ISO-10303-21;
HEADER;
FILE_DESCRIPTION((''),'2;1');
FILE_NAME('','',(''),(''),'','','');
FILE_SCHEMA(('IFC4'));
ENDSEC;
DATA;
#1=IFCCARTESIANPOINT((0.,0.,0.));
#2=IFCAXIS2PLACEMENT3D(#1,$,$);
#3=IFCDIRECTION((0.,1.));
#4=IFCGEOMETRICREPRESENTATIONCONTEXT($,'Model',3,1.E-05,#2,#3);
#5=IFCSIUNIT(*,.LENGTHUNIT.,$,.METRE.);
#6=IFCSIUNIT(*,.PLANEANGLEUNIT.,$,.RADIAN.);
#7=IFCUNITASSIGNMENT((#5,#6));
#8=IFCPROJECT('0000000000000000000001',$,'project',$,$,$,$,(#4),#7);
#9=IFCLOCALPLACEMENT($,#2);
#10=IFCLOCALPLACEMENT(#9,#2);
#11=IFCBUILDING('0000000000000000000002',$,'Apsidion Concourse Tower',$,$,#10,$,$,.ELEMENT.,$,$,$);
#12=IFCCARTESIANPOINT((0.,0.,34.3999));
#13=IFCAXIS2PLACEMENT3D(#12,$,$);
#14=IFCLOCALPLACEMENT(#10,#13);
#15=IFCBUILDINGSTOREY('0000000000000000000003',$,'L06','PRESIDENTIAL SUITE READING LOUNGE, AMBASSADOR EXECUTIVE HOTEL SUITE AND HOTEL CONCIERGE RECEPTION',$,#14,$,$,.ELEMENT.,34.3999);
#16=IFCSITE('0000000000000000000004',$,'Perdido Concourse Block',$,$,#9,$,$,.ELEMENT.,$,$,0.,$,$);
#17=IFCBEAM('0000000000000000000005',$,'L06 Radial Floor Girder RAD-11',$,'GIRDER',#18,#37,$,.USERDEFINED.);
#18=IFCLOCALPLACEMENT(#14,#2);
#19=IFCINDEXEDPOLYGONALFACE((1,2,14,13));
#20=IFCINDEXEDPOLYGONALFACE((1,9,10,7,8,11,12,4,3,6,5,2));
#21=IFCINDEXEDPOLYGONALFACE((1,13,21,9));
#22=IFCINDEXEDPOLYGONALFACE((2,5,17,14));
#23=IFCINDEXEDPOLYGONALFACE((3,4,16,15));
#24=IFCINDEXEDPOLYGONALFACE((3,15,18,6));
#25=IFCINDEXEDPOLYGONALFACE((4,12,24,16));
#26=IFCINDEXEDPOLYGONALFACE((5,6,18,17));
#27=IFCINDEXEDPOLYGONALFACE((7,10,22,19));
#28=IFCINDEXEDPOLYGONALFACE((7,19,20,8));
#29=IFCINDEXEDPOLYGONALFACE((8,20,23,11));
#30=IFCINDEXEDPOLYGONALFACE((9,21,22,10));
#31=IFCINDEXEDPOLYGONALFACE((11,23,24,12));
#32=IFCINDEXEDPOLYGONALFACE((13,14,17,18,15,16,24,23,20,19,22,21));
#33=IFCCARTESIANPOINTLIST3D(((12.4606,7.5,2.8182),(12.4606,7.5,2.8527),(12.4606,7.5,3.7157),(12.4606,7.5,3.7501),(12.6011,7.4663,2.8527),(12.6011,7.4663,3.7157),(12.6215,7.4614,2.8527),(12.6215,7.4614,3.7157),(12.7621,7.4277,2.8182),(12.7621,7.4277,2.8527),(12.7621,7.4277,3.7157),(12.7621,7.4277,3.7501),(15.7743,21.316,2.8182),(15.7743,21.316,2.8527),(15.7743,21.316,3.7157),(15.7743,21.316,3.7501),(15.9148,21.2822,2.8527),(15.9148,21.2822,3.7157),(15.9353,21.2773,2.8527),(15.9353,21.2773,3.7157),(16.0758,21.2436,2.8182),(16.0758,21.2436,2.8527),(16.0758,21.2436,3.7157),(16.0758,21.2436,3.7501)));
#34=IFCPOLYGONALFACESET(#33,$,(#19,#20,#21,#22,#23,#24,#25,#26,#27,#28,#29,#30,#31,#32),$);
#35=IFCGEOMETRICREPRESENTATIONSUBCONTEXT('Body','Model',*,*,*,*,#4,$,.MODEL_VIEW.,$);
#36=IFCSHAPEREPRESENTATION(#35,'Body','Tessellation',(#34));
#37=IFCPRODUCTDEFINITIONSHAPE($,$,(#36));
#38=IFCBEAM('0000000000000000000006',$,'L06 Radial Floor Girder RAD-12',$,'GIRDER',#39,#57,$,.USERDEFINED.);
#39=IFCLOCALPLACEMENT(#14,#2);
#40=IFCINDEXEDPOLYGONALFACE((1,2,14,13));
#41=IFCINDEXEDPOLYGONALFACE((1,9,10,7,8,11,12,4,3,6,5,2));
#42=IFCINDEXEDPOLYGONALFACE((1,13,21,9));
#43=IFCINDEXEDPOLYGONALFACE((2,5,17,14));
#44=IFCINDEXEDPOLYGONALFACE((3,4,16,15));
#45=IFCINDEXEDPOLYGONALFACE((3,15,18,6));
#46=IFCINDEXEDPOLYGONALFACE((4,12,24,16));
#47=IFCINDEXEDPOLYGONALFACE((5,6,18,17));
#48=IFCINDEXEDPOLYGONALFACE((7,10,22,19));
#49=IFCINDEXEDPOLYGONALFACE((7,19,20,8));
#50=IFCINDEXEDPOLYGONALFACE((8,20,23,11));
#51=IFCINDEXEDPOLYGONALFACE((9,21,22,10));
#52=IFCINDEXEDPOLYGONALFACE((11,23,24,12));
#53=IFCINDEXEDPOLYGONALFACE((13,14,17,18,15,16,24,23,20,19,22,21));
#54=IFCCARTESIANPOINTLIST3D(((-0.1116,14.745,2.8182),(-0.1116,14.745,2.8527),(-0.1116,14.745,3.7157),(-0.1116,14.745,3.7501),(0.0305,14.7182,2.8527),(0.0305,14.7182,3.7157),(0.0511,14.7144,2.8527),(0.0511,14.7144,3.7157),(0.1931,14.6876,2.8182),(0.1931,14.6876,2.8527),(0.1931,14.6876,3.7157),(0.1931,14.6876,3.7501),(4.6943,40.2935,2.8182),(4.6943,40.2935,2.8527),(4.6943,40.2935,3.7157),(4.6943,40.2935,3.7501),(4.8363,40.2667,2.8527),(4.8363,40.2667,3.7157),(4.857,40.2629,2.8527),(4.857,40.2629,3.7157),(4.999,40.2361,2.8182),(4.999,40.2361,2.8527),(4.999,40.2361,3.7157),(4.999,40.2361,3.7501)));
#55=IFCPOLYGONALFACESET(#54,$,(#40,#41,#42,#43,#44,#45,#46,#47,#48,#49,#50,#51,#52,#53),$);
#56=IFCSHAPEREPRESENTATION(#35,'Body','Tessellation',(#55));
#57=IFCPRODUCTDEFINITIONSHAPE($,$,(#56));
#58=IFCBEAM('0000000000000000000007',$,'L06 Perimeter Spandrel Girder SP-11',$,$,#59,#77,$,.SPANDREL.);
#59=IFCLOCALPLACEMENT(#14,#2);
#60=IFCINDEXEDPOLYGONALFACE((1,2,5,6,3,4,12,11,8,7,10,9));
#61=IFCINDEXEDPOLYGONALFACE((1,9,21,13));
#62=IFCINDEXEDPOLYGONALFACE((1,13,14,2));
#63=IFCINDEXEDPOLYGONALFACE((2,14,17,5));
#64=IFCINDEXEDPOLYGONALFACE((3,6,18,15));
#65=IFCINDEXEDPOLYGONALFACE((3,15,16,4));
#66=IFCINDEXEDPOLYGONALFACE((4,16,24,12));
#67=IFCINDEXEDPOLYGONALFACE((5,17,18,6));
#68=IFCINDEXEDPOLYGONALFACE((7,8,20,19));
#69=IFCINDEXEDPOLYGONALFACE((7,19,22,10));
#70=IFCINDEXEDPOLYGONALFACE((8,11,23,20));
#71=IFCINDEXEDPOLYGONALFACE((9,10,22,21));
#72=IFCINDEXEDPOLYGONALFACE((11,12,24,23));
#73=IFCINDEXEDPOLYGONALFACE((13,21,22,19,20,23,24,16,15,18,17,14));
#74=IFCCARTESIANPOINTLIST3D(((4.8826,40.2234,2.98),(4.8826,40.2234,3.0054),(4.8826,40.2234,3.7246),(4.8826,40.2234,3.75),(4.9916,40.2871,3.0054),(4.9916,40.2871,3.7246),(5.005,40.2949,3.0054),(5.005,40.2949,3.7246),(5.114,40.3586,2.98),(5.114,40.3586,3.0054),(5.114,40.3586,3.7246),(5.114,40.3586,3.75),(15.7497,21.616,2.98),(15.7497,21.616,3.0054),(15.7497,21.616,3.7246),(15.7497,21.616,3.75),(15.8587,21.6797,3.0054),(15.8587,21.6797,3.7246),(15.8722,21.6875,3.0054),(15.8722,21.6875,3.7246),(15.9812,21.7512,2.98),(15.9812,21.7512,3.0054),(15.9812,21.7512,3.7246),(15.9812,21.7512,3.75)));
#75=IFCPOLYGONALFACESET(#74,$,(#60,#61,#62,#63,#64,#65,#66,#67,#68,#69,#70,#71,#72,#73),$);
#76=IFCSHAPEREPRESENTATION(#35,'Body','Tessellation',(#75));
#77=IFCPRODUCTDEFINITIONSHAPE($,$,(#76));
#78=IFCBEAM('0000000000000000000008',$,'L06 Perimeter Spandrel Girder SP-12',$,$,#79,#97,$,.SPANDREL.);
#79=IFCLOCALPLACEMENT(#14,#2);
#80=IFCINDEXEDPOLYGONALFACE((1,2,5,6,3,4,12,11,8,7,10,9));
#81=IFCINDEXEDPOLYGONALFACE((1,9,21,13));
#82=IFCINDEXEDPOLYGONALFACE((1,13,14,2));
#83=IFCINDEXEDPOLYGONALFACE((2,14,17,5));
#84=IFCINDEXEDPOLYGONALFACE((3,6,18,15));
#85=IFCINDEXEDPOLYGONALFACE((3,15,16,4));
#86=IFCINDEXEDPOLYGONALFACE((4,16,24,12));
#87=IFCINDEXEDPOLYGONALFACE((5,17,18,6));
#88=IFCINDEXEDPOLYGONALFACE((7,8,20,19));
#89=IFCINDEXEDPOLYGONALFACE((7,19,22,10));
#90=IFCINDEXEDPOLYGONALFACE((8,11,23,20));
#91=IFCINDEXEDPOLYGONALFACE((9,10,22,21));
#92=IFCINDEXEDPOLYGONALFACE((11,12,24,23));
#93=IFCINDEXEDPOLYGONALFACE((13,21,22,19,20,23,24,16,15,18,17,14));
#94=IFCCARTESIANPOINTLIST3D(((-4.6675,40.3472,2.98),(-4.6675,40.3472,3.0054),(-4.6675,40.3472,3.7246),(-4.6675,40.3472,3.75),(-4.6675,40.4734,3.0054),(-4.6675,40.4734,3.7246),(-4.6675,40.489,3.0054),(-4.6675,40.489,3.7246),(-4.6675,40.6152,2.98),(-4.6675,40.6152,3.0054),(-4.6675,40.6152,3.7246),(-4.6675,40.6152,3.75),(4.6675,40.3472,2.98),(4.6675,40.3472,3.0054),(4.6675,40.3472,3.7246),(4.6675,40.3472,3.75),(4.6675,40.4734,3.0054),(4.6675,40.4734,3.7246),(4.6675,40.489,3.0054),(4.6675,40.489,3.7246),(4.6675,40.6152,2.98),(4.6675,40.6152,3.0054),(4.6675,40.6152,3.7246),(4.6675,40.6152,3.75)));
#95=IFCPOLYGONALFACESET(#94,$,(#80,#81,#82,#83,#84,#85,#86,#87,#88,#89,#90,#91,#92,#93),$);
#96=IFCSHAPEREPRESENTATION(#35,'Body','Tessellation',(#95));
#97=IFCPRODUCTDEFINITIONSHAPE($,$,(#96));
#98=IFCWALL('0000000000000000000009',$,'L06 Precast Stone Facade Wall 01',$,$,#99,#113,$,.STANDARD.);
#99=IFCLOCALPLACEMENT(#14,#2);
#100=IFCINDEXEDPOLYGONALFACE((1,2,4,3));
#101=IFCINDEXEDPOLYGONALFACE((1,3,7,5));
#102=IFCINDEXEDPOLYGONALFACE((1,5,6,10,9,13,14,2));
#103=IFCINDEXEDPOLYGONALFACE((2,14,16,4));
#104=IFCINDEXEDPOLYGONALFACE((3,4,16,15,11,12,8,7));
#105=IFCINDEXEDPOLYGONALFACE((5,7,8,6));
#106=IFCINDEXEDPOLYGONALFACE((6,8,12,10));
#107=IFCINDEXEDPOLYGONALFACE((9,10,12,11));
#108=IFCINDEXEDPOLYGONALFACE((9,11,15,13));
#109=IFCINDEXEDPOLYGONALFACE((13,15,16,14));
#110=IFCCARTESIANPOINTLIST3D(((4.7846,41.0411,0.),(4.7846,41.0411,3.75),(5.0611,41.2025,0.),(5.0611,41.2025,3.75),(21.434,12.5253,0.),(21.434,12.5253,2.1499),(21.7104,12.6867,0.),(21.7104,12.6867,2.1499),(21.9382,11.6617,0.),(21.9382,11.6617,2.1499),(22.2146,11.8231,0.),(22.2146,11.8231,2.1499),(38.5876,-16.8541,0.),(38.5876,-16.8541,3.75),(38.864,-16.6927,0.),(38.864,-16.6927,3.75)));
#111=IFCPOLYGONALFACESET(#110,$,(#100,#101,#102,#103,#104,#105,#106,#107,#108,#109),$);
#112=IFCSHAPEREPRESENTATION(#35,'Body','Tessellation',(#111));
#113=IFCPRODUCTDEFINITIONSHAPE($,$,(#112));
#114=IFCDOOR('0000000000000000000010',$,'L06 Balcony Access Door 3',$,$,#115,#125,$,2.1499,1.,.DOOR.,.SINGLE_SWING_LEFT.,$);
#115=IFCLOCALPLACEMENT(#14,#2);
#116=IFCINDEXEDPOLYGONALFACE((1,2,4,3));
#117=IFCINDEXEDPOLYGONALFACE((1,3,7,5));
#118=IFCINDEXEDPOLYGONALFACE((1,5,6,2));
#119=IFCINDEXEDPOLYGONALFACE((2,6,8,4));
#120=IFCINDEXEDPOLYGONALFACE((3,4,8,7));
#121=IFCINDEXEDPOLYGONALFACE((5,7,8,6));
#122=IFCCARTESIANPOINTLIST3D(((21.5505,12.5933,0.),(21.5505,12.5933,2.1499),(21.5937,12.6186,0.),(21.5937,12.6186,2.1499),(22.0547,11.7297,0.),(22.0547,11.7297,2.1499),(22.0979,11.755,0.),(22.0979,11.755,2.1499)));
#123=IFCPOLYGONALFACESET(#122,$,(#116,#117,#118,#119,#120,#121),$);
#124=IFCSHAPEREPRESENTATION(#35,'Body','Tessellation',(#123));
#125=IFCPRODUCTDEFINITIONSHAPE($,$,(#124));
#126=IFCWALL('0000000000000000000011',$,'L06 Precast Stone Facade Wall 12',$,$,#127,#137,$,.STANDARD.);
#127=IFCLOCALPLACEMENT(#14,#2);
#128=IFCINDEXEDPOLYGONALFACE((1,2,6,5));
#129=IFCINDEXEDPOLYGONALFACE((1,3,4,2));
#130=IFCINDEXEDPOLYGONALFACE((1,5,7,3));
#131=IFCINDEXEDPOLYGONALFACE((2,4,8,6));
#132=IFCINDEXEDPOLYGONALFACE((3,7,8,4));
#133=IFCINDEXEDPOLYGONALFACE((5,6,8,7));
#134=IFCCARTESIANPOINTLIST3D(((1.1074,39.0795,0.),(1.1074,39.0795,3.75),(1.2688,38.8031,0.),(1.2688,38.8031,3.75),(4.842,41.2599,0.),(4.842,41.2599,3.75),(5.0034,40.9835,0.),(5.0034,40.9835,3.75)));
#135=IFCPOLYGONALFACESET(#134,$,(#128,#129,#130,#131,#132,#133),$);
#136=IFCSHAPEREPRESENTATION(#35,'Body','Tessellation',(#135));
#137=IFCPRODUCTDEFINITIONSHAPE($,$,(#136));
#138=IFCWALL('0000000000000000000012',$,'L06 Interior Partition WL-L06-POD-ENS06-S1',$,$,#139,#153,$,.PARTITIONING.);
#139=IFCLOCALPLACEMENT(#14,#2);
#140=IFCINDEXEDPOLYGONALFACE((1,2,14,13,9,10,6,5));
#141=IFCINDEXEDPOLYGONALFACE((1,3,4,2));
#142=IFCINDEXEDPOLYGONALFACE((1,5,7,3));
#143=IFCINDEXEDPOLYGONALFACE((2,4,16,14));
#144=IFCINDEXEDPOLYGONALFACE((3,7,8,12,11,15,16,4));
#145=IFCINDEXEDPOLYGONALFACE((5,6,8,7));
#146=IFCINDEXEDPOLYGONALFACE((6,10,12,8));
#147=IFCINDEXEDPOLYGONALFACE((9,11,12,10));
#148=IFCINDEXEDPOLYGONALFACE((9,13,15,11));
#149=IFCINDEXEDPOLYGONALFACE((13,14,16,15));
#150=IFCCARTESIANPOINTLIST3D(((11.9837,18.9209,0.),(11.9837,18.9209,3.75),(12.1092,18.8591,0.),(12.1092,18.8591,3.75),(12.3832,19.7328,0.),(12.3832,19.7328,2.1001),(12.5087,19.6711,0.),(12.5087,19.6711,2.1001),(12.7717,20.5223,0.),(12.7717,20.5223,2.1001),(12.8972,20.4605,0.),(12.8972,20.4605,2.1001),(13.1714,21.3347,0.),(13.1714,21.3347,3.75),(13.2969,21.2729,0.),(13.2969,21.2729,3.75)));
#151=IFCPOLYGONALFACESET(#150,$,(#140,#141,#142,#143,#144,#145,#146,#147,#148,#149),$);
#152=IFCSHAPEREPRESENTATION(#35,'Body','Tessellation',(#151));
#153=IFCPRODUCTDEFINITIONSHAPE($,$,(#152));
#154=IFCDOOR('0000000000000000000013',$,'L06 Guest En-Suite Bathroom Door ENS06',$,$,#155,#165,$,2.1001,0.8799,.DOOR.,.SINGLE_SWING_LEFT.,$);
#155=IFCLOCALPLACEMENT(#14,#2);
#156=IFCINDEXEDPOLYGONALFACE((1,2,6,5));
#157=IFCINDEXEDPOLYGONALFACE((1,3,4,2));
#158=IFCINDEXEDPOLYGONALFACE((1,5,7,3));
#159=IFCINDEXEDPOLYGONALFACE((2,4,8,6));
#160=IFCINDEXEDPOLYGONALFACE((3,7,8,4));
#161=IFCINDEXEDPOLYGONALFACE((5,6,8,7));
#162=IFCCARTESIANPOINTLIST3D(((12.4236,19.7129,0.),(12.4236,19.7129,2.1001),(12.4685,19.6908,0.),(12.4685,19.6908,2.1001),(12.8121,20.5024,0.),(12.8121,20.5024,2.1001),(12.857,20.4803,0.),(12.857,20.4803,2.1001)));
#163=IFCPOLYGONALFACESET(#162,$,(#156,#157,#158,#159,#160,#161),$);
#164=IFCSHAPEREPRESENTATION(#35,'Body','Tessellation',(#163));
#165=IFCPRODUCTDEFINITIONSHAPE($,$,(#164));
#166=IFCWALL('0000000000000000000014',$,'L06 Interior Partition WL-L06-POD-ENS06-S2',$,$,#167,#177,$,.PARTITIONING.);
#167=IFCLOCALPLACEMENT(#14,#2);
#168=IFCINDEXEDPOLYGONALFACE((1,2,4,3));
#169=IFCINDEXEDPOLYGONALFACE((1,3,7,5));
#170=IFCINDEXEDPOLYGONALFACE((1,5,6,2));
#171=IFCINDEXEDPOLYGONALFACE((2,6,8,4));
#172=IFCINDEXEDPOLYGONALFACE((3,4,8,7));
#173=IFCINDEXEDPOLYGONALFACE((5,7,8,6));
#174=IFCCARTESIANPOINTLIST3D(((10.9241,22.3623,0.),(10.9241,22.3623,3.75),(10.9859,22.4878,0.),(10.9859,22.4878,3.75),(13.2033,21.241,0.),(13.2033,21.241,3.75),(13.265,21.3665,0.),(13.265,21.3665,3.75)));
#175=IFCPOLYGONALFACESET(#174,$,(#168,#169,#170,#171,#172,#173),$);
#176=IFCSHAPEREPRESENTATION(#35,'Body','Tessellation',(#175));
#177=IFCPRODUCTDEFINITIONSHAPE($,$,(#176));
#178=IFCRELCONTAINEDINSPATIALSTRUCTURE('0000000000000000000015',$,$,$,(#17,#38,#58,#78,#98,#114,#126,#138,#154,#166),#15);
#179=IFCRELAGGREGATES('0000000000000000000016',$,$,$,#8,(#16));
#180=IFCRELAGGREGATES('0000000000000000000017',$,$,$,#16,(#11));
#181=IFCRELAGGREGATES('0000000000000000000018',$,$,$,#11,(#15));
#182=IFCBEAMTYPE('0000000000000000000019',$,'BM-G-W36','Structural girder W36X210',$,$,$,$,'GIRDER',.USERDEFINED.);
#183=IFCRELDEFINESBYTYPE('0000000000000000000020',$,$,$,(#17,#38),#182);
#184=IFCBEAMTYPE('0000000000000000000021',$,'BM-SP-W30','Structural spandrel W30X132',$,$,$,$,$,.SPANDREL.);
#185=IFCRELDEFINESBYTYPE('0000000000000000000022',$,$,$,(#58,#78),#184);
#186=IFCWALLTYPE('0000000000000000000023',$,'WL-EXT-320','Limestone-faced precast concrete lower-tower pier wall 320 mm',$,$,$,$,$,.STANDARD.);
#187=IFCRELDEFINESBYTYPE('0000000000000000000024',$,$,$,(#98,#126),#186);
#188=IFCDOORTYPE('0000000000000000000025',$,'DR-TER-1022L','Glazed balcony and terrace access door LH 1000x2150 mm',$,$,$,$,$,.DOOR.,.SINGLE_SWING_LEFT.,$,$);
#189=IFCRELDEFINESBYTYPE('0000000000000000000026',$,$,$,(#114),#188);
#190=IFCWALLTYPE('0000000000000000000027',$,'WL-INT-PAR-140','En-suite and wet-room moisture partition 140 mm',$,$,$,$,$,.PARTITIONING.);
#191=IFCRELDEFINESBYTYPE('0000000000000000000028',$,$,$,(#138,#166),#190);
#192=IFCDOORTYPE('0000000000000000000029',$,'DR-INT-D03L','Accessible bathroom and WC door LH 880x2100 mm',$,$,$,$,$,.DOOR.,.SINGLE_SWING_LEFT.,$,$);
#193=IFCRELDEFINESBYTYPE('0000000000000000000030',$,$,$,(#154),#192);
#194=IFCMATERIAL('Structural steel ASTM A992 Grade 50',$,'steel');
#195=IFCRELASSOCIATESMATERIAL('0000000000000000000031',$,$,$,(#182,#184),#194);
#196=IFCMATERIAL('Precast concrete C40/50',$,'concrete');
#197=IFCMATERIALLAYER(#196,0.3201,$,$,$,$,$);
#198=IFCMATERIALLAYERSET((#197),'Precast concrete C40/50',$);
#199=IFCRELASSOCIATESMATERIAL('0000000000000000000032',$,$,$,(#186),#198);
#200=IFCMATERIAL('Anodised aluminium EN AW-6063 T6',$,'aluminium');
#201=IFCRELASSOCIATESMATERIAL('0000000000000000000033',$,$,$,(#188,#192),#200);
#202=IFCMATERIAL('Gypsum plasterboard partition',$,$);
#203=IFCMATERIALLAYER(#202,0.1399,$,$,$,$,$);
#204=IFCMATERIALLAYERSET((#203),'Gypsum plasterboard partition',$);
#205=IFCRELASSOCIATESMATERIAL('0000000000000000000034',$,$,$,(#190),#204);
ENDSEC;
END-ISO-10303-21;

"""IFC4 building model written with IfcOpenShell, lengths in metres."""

from ifc_helpers import new_model, si_unit, direction, frame, frame_2d, origin, origin_2d, place, context, subcontext, project, spatial, rectangle, i_section, extrude, material, layer, layer_set, material_profile, profile_set, type_object, element, fill, save


model = new_model("IFC4")

# Units and contexts
model_context = context("Model", 3, precision=1e-05, world=origin(), true_north=direction((0.0, 1.0)))
body_context = subcontext(model_context, "Body", "Model", "MODEL_VIEW")
ifc_project = project(units=[si_unit("LENGTHUNIT", "METRE"), si_unit("PLANEANGLEUNIT", "RADIAN")], contexts=[model_context])

# Site, building, storey
site_placement = place(None, origin())
site = spatial("IfcSite", under=ifc_project, at=site_placement, Name="Perdido Concourse Block", CompositionType="ELEMENT", RefElevation=0.0)
building_placement = place(site_placement, origin())
building = spatial("IfcBuilding", under=site, at=building_placement, Name="Apsidion Concourse Tower", CompositionType="ELEMENT")
storey_placement = place(building_placement, frame((0.0, 0.0, 34.3999)))
storey = spatial("IfcBuildingStorey", under=building, at=storey_placement, Name="L06", Description="PRESIDENTIAL SUITE READING LOUNGE, AMBASSADOR EXECUTIVE HOTEL SUITE AND HOTEL CONCIERGE RECEPTION", CompositionType="ELEMENT", Elevation=34.3999)

# Beams
ifc_material_1 = material(Name="Structural steel ASTM A992 Grade 50", Category="steel")
ifc_material_profile_1 = material_profile(ifc_material_1, i_section(OverallWidth=0.3101, OverallDepth=0.9319, WebThickness=0.021, FlangeThickness=0.0344, at=origin_2d()), Name="W36X210")
ifc_profile_set_1 = profile_set([ifc_material_profile_1], Name="Structural steel ASTM A992 Grade 50")
beam_type_1 = type_object("IfcBeamType", Name="BM-G-W36", Description="Structural girder W36X210", ElementType="GIRDER", PredefinedType="USERDEFINED", material=ifc_profile_set_1)
beam_1_placement = place(storey_placement, frame((12.6113, 7.4639, 3.2842), z_axis=(0.233233, 0.972421, 0.0), x_axis=(-0.972421, 0.233233, 0.0)))
element("IfcBeam", 1, at=beam_1_placement, inside=storey, type_object=beam_type_1, Name="L06 Radial Floor Girder RAD-11", ObjectType="GIRDER", PredefinedType="USERDEFINED", context=body_context, shape_type="SweptSolid", body=[
    extrude(i_section(OverallWidth=0.3101, OverallDepth=0.9319, WebThickness=0.021, FlangeThickness=0.0344, at=origin_2d()), origin(), (0.0, 0.0, 1.0), 14.2078),
])
beam_2_placement = place(storey_placement, frame((0.0408, 14.7163, 3.2842), z_axis=(0.184866, 0.982764, 0.0), x_axis=(-0.982764, 0.184866, 0.0)))
element("IfcBeam", 2, at=beam_2_placement, inside=storey, type_object=beam_type_1, Name="L06 Radial Floor Girder RAD-12", ObjectType="GIRDER", PredefinedType="USERDEFINED", context=body_context, shape_type="SweptSolid", body=[
    extrude(i_section(OverallWidth=0.3101, OverallDepth=0.9319, WebThickness=0.021, FlangeThickness=0.0344, at=origin_2d()), origin(), (0.0, 0.0, 1.0), 25.9966),
])
ifc_material_profile_2 = material_profile(ifc_material_1, i_section(OverallWidth=0.2681, OverallDepth=0.77, WebThickness=0.0156, FlangeThickness=0.0254, at=origin_2d()), Name="W30X132")
ifc_profile_set_2 = profile_set([ifc_material_profile_2], Name="Structural steel ASTM A992 Grade 50")
beam_type_2 = type_object("IfcBeamType", Name="BM-SP-W30", Description="Structural spandrel W30X132", PredefinedType="SPANDREL", material=ifc_profile_set_2)
beam_3_placement = place(storey_placement, frame((15.8655, 21.6836, 3.365), z_axis=(-0.504316, 0.863519, 0.0), x_axis=(-0.863519, -0.504316, 0.0)))
element("IfcBeam", 3, at=beam_3_placement, inside=storey, type_object=beam_type_2, Name="L06 Perimeter Spandrel Girder SP-11", PredefinedType="SPANDREL", context=body_context, shape_type="SweptSolid", body=[
    extrude(i_section(OverallWidth=0.2681, OverallDepth=0.77, WebThickness=0.0156, FlangeThickness=0.0254, at=origin_2d()), origin(), (0.0, 0.0, 1.0), 21.5483),
])
beam_4_placement = place(storey_placement, frame((4.6675, 40.4812, 3.365), z_axis=(-1.0, 0.0, 0.0), x_axis=(0.0, -1.0, 0.0)))
element("IfcBeam", 4, at=beam_4_placement, inside=storey, type_object=beam_type_2, Name="L06 Perimeter Spandrel Girder SP-12", PredefinedType="SPANDREL", context=body_context, shape_type="SweptSolid", body=[
    extrude(i_section(OverallWidth=0.2681, OverallDepth=0.77, WebThickness=0.0156, FlangeThickness=0.0254, at=origin_2d()), origin(), (0.0, 0.0, 1.0), 9.335),
])

# Wall, opening, door
ifc_material_2 = material(Name="Precast concrete C40/50", Category="concrete")
ifc_layer_1 = layer(ifc_material_2, 0.3201)
ifc_layer_set_1 = layer_set([ifc_layer_1], Name="Precast concrete C40/50")
wall_type_1 = type_object("IfcWallType", Name="WL-EXT-320", Description="Limestone-faced precast concrete lower-tower pier wall 320 mm", PredefinedType="STANDARD", material=ifc_layer_set_1)
wall_1_placement = place(storey_placement, frame((4.9229, 41.1218, 0.0), z_axis=(0.0, 0.0, 1.0), x_axis=(0.504213, -0.863579, 0.0)))
wall_1 = element("IfcWall", 5, at=wall_1_placement, inside=storey, type_object=wall_type_1, Name="L06 Precast Stone Facade Wall 01", PredefinedType="STANDARD", context=body_context, shape_type="SweptSolid", body=[
    extrude(rectangle(XDim=67.041, YDim=0.3201, at=frame_2d((33.5205, 0.0))), origin(), (0.0, 0.0, 1.0), 3.75),
])
opening_1_placement = place(wall_1_placement, frame((33.0205, 0.0, 0.0)))
opening_1 = element("IfcOpeningElement", 6, at=opening_1_placement, cuts=wall_1, PredefinedType="OPENING", context=body_context, shape_type="SweptSolid", body=[
    extrude(rectangle(XDim=1.0, YDim=2.1499, at=frame_2d((0.5, 1.075))), frame((0.0, 0.1699, 0.0), z_axis=(0.0, -1.0, 0.0), x_axis=(1.0, 0.0, 0.0)), (0.0, 0.0, 1.0), 0.3401),
])
ifc_material_3 = material(Name="Anodised aluminium EN AW-6063 T6", Category="aluminium")
door_type_1 = type_object("IfcDoorType", Name="DR-TER-1022L", Description="Glazed balcony and terrace access door LH 1000x2150 mm", OperationType="SINGLE_SWING_LEFT", PredefinedType="DOOR", material=ifc_material_3)
door_1_placement = place(opening_1_placement, origin())
door_1 = element("IfcDoor", 7, at=door_1_placement, inside=storey, type_object=door_type_1, Name="L06 Balcony Access Door 3", OperationType="SINGLE_SWING_LEFT", OverallHeight=2.1499, OverallWidth=1.0, PredefinedType="DOOR", context=body_context, shape_type="SweptSolid", body=[
    extrude(rectangle(XDim=1.0, YDim=2.1499, at=frame_2d((0.5, 1.075))), frame((0.0, 0.0249, 0.0), z_axis=(0.0, -1.0, 0.0), x_axis=(1.0, 0.0, 0.0)), (0.0, 0.0, 1.0), 0.05),
])
fill(opening_1, door_1)

# Wall
wall_2_placement = place(storey_placement, frame((1.1882, 38.9414, 0.0), z_axis=(0.0, 0.0, 1.0), x_axis=(0.863588, 0.504197, 0.0)))
element("IfcWall", 8, at=wall_2_placement, inside=storey, type_object=wall_type_1, Name="L06 Precast Stone Facade Wall 12", PredefinedType="STANDARD", context=body_context, shape_type="SweptSolid", body=[
    extrude(rectangle(XDim=4.3245, YDim=0.3201, at=frame_2d((2.1621, 0.0))), origin(), (0.0, 0.0, 1.0), 3.75),
])

# Wall, opening, door
ifc_material_4 = material(Name="Gypsum plasterboard partition")
ifc_layer_2 = layer(ifc_material_4, 0.1399)
ifc_layer_set_2 = layer_set([ifc_layer_2], Name="Gypsum plasterboard partition")
wall_type_2 = type_object("IfcWallType", Name="WL-INT-PAR-140", Description="En-suite and wet-room moisture partition 140 mm", PredefinedType="PARTITIONING", material=ifc_layer_set_2)
wall_3_placement = place(storey_placement, frame((12.0464, 18.8899, 0.0), z_axis=(0.0, 0.0, 1.0), x_axis=(0.441505, 0.897259, 0.0)))
wall_3 = element("IfcWall", 9, at=wall_3_placement, inside=storey, type_object=wall_type_2, Name="L06 Interior Partition WL-L06-POD-ENS06-S1", PredefinedType="PARTITIONING", context=body_context, shape_type="SweptSolid", body=[
    extrude(rectangle(XDim=2.6902, YDim=0.1399, at=frame_2d((1.3452, 0.0))), origin(), (0.0, 0.0, 1.0), 3.75),
])
opening_2_placement = place(wall_3_placement, frame((0.905, 0.0, 0.0)))
opening_2 = element("IfcOpeningElement", 10, at=opening_2_placement, cuts=wall_3, PredefinedType="OPENING", context=body_context, shape_type="SweptSolid", body=[
    extrude(rectangle(XDim=0.8799, YDim=2.1001, at=frame_2d((0.4399, 1.05))), frame((0.0, 0.0801, 0.0), z_axis=(0.0, -1.0, 0.0), x_axis=(1.0, 0.0, 0.0)), (0.0, 0.0, 1.0), 0.1599),
])
door_type_2 = type_object("IfcDoorType", Name="DR-INT-D03L", Description="Accessible bathroom and WC door LH 880x2100 mm", OperationType="SINGLE_SWING_LEFT", PredefinedType="DOOR", material=ifc_material_3)
door_2_placement = place(opening_2_placement, origin())
door_2 = element("IfcDoor", 11, at=door_2_placement, inside=storey, type_object=door_type_2, Name="L06 Guest En-Suite Bathroom Door ENS06", OperationType="SINGLE_SWING_LEFT", OverallHeight=2.1001, OverallWidth=0.8799, PredefinedType="DOOR", context=body_context, shape_type="SweptSolid", body=[
    extrude(rectangle(XDim=0.8799, YDim=2.1001, at=frame_2d((0.4399, 1.05))), frame((0.0, 0.0249, 0.0), z_axis=(0.0, -1.0, 0.0), x_axis=(1.0, 0.0, 0.0)), (0.0, 0.0, 1.0), 0.05),
])
fill(opening_2, door_2)

# Wall
wall_4_placement = place(storey_placement, frame((13.2341, 21.3037, 0.0), z_axis=(0.0, 0.0, 1.0), x_axis=(-0.897273, 0.441476, 0.0)))
element("IfcWall", 12, at=wall_4_placement, inside=storey, type_object=wall_type_2, Name="L06 Interior Partition WL-L06-POD-ENS06-S2", PredefinedType="PARTITIONING", context=body_context, shape_type="SweptSolid", body=[
    extrude(rectangle(XDim=2.54, YDim=0.1399, at=frame_2d((1.27, 0.0))), origin(), (0.0, 0.0, 1.0), 3.75),
])

save(model, "model.ifc")
